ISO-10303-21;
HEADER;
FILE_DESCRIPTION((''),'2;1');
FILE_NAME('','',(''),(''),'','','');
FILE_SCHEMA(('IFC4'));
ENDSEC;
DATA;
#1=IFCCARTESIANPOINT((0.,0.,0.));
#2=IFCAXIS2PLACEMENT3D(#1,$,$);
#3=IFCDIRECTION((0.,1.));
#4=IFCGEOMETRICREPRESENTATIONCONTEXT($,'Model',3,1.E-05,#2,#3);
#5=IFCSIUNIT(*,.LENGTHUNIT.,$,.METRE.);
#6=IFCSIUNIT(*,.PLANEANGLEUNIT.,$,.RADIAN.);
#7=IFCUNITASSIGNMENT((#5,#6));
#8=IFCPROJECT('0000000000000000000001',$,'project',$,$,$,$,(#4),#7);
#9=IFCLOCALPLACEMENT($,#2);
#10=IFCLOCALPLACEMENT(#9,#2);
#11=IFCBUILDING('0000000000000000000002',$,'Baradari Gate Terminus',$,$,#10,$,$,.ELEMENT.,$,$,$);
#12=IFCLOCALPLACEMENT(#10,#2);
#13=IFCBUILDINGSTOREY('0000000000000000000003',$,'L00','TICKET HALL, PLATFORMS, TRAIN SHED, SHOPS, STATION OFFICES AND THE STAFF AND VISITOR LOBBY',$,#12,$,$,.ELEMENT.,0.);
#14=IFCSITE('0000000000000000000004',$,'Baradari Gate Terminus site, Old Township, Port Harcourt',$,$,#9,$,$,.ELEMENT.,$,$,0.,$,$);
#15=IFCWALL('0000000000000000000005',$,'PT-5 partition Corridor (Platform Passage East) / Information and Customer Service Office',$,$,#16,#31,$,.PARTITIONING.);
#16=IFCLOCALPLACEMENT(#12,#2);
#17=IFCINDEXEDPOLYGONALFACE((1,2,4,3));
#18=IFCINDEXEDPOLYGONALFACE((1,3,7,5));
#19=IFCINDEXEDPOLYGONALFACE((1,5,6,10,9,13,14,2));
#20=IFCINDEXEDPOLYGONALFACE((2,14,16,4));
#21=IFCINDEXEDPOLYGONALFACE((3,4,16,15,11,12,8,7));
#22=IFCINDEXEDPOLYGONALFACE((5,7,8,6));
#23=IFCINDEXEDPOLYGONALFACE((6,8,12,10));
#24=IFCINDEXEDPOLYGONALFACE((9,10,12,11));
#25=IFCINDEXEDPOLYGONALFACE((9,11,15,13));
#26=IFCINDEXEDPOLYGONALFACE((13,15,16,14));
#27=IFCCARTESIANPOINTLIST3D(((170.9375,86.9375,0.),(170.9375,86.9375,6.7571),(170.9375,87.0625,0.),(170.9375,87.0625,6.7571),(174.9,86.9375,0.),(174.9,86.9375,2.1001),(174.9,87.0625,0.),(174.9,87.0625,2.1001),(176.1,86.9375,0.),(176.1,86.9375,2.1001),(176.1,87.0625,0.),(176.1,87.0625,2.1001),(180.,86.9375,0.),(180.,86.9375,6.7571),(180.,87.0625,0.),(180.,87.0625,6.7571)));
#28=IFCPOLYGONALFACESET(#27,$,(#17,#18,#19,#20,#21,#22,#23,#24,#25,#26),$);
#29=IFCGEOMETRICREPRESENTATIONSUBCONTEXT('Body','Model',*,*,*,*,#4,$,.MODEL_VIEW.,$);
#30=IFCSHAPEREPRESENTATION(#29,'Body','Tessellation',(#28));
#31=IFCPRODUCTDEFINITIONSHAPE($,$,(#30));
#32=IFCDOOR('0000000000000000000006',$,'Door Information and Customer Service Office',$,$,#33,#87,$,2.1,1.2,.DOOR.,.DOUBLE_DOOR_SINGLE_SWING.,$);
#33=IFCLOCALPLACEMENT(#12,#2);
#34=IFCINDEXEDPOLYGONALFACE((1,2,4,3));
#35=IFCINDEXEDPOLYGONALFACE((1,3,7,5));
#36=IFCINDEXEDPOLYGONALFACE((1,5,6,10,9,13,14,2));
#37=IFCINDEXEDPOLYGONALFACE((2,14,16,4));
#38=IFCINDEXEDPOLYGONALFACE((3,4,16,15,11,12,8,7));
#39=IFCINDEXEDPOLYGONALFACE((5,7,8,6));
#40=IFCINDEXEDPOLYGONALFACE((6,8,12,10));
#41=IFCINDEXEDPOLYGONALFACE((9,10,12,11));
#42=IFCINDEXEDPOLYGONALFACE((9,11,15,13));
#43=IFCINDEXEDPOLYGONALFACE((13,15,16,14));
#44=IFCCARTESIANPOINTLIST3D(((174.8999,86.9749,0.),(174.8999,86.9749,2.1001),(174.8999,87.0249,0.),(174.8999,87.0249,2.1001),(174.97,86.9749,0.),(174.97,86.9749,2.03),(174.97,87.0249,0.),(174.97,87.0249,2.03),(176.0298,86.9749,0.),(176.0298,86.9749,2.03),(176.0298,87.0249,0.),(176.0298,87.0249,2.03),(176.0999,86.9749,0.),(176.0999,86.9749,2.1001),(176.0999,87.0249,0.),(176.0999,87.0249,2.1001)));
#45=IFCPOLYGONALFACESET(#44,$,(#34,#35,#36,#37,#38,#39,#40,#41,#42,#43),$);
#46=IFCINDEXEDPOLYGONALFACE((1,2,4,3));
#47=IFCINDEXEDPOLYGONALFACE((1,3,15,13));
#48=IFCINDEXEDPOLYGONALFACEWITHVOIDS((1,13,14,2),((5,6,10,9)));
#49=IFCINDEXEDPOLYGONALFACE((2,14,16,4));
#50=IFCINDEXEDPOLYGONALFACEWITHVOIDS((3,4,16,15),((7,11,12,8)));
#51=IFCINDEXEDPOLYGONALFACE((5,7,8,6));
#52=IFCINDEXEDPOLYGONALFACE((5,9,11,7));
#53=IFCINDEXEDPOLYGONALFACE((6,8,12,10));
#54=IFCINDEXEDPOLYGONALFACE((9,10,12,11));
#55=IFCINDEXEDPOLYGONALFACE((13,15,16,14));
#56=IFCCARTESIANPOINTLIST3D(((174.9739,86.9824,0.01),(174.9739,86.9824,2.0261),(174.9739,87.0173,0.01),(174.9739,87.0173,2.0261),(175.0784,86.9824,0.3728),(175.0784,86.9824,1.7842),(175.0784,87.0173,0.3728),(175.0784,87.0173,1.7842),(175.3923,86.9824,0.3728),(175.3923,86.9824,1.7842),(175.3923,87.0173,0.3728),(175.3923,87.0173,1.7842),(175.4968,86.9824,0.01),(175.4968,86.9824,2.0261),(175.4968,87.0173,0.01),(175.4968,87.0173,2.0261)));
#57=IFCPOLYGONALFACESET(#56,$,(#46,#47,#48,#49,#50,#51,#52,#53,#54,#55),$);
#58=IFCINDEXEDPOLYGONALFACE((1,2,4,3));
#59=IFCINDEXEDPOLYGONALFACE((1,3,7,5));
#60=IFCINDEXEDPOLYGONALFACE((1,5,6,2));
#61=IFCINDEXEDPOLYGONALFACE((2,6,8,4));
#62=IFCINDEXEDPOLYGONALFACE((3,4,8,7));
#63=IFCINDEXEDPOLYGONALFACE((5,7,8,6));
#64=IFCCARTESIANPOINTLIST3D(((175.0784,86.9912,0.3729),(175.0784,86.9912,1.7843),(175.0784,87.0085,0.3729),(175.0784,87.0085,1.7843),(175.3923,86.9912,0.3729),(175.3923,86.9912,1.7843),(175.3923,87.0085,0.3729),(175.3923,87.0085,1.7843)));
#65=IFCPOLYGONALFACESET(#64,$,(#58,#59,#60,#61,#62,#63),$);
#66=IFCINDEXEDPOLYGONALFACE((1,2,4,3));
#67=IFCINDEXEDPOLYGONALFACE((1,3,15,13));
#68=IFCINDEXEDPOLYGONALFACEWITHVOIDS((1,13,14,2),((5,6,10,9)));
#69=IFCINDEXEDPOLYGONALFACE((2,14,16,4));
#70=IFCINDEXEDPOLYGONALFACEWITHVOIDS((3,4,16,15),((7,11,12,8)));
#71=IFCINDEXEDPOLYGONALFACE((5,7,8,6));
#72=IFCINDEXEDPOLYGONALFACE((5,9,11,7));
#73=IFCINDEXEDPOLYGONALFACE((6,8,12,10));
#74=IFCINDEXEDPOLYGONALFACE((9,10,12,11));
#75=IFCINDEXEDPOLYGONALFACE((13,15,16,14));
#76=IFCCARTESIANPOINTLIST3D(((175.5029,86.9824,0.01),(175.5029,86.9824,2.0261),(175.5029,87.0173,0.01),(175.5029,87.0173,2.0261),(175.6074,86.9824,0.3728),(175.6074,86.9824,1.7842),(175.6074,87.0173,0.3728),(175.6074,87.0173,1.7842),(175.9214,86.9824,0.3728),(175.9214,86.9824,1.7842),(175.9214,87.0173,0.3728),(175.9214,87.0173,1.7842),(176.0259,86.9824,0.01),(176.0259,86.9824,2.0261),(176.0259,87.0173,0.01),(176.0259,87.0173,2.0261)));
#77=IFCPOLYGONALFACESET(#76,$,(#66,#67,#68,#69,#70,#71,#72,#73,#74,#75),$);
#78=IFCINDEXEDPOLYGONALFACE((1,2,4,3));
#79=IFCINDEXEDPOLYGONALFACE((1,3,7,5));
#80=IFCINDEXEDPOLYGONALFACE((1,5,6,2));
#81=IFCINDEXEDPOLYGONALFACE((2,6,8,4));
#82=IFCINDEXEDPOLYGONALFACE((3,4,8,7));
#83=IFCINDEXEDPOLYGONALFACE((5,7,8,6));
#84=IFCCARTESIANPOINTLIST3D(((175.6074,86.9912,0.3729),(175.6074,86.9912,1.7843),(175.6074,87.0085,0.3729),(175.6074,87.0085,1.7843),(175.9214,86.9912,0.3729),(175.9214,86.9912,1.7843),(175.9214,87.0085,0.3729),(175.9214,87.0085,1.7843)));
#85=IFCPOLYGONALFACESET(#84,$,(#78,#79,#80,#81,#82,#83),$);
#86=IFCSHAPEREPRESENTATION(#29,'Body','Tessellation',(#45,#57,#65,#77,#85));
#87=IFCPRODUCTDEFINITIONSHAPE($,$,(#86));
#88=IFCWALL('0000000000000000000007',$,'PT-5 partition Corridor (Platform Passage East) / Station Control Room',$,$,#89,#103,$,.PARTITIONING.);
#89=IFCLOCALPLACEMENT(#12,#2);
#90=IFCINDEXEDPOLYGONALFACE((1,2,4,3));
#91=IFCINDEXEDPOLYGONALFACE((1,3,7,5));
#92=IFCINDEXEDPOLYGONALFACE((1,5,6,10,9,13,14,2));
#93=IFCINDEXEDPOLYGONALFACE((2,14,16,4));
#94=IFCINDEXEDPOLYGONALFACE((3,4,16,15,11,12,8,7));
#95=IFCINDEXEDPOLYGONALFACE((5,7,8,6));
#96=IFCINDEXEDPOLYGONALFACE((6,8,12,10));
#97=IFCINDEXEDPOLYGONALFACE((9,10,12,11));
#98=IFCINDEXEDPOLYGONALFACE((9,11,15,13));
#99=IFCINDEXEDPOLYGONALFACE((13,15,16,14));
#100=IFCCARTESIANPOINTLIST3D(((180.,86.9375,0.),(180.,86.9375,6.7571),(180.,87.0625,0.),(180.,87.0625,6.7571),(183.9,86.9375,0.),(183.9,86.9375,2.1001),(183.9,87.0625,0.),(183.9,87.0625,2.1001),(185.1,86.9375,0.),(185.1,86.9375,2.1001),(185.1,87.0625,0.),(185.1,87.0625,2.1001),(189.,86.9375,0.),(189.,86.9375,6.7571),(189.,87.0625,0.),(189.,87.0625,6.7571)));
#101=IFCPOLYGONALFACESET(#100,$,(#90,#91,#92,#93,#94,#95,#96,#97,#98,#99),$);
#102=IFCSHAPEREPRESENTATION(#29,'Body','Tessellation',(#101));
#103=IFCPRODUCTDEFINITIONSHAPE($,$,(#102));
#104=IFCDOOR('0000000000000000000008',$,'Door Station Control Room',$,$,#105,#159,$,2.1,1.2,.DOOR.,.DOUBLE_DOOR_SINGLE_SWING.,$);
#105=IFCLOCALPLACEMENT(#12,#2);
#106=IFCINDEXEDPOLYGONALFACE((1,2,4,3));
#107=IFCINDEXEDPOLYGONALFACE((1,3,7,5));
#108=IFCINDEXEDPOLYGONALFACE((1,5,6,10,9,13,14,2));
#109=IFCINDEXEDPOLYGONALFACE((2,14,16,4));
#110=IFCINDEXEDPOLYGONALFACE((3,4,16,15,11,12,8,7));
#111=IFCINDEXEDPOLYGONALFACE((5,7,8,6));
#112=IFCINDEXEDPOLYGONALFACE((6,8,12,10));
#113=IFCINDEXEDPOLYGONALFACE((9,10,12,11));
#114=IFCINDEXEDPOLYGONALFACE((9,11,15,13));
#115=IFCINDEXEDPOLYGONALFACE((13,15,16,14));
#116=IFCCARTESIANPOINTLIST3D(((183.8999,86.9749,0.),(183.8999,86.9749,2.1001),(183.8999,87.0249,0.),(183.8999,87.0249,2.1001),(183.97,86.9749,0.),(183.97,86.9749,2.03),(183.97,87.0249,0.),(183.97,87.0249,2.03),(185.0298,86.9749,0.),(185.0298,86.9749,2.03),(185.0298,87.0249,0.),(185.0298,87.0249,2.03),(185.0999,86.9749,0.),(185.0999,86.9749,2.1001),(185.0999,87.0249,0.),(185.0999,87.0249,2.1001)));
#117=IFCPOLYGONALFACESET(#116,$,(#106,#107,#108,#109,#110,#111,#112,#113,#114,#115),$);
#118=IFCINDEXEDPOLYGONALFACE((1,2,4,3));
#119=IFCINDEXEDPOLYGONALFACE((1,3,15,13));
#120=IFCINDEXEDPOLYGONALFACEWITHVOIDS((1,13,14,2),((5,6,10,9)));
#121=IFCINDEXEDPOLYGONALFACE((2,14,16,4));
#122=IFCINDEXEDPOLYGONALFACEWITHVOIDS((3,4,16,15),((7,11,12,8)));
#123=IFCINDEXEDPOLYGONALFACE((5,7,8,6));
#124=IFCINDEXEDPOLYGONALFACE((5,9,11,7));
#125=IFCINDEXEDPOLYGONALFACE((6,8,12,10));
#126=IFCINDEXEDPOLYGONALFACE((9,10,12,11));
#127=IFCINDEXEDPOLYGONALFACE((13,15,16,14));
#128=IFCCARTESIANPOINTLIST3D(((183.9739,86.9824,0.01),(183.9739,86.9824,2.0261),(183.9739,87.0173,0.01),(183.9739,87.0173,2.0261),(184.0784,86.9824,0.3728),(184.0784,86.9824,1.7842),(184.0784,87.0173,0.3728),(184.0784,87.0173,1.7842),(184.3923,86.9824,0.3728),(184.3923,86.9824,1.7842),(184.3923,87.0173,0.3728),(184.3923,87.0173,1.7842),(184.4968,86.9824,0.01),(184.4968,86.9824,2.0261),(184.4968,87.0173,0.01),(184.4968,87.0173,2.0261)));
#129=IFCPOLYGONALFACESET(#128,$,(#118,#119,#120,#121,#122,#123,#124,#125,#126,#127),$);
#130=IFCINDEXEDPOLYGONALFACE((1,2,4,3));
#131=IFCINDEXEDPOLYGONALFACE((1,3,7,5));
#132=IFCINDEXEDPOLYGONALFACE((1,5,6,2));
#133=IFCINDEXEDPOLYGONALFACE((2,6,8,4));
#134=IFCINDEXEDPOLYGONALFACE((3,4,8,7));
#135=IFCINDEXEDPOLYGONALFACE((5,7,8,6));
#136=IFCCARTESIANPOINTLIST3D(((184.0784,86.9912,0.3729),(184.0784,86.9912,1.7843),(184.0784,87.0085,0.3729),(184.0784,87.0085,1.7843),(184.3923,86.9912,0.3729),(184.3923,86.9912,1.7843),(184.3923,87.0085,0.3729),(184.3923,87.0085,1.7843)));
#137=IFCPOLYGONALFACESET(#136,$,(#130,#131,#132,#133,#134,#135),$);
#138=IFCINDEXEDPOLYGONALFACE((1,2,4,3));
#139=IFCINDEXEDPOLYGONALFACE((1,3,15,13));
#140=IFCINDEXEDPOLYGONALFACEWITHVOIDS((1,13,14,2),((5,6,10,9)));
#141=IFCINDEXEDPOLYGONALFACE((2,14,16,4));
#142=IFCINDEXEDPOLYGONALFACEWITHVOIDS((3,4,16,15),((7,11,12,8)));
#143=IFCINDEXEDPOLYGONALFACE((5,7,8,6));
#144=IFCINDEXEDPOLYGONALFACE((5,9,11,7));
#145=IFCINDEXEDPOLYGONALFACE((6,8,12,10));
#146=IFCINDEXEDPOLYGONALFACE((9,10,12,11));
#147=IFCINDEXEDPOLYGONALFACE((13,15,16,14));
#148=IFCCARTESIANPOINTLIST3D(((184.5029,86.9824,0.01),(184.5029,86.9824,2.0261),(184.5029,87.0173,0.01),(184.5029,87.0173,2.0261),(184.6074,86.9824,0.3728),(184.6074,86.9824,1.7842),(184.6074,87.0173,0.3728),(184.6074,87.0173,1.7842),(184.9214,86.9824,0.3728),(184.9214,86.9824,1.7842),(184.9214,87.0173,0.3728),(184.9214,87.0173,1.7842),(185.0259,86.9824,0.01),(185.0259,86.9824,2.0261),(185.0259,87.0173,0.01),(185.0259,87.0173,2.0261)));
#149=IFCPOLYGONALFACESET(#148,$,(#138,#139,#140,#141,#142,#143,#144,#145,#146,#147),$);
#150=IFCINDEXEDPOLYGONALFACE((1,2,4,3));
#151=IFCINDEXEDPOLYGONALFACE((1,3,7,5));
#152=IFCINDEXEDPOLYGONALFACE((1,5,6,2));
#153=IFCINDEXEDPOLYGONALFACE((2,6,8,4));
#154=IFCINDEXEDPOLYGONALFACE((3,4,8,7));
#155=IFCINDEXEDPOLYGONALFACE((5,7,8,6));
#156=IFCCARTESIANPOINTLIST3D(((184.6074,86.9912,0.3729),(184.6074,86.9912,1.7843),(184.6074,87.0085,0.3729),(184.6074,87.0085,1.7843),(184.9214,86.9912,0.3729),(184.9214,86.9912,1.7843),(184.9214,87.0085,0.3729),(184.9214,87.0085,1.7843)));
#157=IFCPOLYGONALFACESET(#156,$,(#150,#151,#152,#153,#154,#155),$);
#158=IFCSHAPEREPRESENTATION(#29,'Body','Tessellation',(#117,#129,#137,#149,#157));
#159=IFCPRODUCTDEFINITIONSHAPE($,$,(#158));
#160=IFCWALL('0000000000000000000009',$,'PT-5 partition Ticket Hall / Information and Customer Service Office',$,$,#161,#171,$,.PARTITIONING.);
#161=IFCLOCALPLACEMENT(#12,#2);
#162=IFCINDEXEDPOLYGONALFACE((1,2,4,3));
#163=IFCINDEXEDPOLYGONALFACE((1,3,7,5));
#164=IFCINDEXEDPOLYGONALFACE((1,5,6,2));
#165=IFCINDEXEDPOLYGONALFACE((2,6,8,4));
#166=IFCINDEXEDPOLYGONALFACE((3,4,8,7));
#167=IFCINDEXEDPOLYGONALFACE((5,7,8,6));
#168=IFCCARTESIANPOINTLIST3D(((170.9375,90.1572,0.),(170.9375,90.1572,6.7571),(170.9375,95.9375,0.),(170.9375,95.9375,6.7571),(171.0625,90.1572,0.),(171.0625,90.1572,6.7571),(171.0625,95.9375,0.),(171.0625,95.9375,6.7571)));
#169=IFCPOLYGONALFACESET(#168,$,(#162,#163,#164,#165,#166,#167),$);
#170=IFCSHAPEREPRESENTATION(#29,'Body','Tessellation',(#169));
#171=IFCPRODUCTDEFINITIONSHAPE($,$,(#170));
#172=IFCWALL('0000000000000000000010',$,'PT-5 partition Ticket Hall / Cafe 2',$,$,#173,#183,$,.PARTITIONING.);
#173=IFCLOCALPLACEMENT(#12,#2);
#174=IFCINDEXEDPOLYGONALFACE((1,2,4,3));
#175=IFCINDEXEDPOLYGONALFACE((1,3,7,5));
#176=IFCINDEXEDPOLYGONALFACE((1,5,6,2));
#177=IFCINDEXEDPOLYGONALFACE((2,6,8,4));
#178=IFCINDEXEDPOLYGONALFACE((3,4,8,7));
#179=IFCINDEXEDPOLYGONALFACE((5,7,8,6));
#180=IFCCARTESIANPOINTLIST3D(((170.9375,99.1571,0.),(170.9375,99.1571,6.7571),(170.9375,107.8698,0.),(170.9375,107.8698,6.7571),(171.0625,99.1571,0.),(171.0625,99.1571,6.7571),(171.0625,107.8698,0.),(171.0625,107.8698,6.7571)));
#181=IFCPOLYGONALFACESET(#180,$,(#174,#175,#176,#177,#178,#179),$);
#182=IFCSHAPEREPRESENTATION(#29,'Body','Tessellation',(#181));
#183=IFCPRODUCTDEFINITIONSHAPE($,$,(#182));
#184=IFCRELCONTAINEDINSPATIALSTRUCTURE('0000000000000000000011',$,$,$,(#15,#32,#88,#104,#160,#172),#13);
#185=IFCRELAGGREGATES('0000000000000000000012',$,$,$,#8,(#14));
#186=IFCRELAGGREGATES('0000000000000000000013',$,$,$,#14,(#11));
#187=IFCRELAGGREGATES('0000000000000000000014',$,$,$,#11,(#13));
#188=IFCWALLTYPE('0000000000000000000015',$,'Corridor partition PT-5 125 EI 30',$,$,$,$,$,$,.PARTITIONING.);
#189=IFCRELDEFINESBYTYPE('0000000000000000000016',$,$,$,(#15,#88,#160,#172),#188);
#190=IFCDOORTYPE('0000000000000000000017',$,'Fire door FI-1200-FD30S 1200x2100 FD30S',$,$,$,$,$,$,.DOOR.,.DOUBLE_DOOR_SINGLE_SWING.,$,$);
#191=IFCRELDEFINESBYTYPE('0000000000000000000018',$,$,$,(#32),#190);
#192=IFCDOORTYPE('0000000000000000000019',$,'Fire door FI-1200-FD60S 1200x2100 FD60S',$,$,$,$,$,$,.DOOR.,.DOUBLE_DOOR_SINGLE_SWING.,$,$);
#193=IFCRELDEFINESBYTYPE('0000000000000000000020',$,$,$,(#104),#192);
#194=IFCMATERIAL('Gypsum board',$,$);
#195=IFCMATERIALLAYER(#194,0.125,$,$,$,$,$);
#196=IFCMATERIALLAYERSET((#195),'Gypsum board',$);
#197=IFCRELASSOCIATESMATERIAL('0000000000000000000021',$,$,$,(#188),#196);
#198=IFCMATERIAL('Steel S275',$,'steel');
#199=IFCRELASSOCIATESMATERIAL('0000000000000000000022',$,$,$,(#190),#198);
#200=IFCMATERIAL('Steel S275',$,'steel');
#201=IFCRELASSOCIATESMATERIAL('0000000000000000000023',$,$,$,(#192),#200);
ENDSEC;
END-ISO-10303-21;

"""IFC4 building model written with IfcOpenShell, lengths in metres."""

from ifc_helpers import new_model, si_unit, direction, frame, frame_2d, origin, place, context, subcontext, project, spatial, polyline, rectangle, outline, extrude, material, layer, layer_set, type_object, element, fill, save


model = new_model("IFC4")

# Units and contexts
model_context = context("Model", 3, precision=1e-05, world=origin(), true_north=direction((0.0, 1.0)))
body_context = subcontext(model_context, "Body", "Model", "MODEL_VIEW")
ifc_project = project(units=[si_unit("LENGTHUNIT", "METRE"), si_unit("PLANEANGLEUNIT", "RADIAN")], contexts=[model_context])

# Site, building, storey
site_placement = place(None, origin())
site = spatial("IfcSite", under=ifc_project, at=site_placement, Name="Baradari Gate Terminus site, Old Township, Port Harcourt", CompositionType="ELEMENT", RefElevation=0.0)
building_placement = place(site_placement, origin())
building = spatial("IfcBuilding", under=site, at=building_placement, Name="Baradari Gate Terminus", CompositionType="ELEMENT")
storey_placement = place(building_placement, origin())
storey = spatial("IfcBuildingStorey", under=building, at=storey_placement, Name="L00", Description="TICKET HALL, PLATFORMS, TRAIN SHED, SHOPS, STATION OFFICES AND THE STAFF AND VISITOR LOBBY", CompositionType="ELEMENT", Elevation=0.0)

# Shared definitions
ifc_material_1 = material(Name="Gypsum board")
ifc_layer_1 = layer(ifc_material_1, 0.125)
ifc_layer_set_1 = layer_set([ifc_layer_1], Name="Gypsum board")
wall_type_1 = type_object("IfcWallType", Name="Corridor partition PT-5 125 EI 30", PredefinedType="PARTITIONING", material=ifc_layer_set_1)

# Walls, openings, doors
wall_1_placement = place(storey_placement, frame((170.9375, 87.0, 0.0), z_axis=(0.0, 0.0, 1.0), x_axis=(1.0, 0.0, 0.0)))
wall_1 = element("IfcWall", 1, at=wall_1_placement, inside=storey, type_object=wall_type_1, Name="PT-5 partition Corridor (Platform Passage East) / Information and Customer Service Office", PredefinedType="PARTITIONING", context=body_context, shape_type="SweptSolid", body=[
    extrude(rectangle(XDim=9.0625, YDim=0.125, at=frame_2d((4.5312, 0.0))), origin(), (0.0, 0.0, 1.0), 6.7571),
])
opening_1_placement = place(wall_1_placement, frame((3.9624, 0.0, 0.0)))
opening_1 = element("IfcOpeningElement", 2, at=opening_1_placement, cuts=wall_1, PredefinedType="OPENING", context=body_context, shape_type="SweptSolid", body=[
    extrude(rectangle(XDim=1.2, YDim=2.1001, at=frame_2d((0.6001, 1.05))), frame((0.0, 0.0725, 0.0), z_axis=(0.0, -1.0, 0.0), x_axis=(1.0, 0.0, 0.0)), (0.0, 0.0, 1.0), 0.145),
])
ifc_material_2 = material(Name="Steel S275", Category="steel")
door_type_1 = type_object("IfcDoorType", Name="Fire door FI-1200-FD30S 1200x2100 FD30S", OperationType="DOUBLE_DOOR_SINGLE_SWING", PredefinedType="DOOR", material=ifc_material_2)
door_1_placement = place(opening_1_placement, origin())
door_1 = element("IfcDoor", 3, at=door_1_placement, inside=storey, type_object=door_type_1, Name="Door Information and Customer Service Office", OperationType="DOUBLE_DOOR_SINGLE_SWING", OverallHeight=2.1, OverallWidth=1.2, PredefinedType="DOOR", context=body_context, shape_type="SweptSolid", body=[
    extrude(outline(polyline([(0.0, 0.0), (0.0701, 0.0), (0.0701, 2.03), (1.1299, 2.03), (1.1299, 0.0), (1.2, 0.0), (1.2, 2.1001), (0.0, 2.1001), (0.0, 0.0)])), frame((0.0, 0.0249, 0.0), z_axis=(0.0, -1.0, 0.0), x_axis=(1.0, 0.0, 0.0)), (0.0, 0.0, 1.0), 0.05),
    extrude(outline(polyline([(0.074, 0.01), (0.5969, 0.01), (0.5969, 2.0261), (0.074, 2.0261), (0.074, 0.01)]), holes=[polyline([(0.1785, 0.3728), (0.4924, 0.3728), (0.4924, 1.7842), (0.1785, 1.7842), (0.1785, 0.3728)])]), frame((0.0, 0.0173, 0.0), z_axis=(0.0, -1.0, 0.0), x_axis=(1.0, 0.0, 0.0)), (0.0, 0.0, 1.0), 0.0349),
    extrude(rectangle(XDim=0.314, YDim=1.4114, at=frame_2d((0.3354, 1.0786))), frame((0.0, 0.0085, 0.0), z_axis=(0.0, -1.0, 0.0), x_axis=(1.0, 0.0, 0.0)), (0.0, 0.0, 1.0), 0.0173),
    extrude(outline(polyline([(0.603, 0.01), (1.126, 0.01), (1.126, 2.0261), (0.603, 2.0261), (0.603, 0.01)]), holes=[polyline([(0.7075, 0.3728), (1.0215, 0.3728), (1.0215, 1.7842), (0.7075, 1.7842), (0.7075, 0.3728)])]), frame((0.0, 0.0173, 0.0), z_axis=(0.0, -1.0, 0.0), x_axis=(1.0, 0.0, 0.0)), (0.0, 0.0, 1.0), 0.0349),
    extrude(rectangle(XDim=0.314, YDim=1.4114, at=frame_2d((0.8645, 1.0786))), frame((0.0, 0.0085, 0.0), z_axis=(0.0, -1.0, 0.0), x_axis=(1.0, 0.0, 0.0)), (0.0, 0.0, 1.0), 0.0173),
])
fill(opening_1, door_1)
wall_2_placement = place(storey_placement, frame((180.0, 87.0, 0.0), z_axis=(0.0, 0.0, 1.0), x_axis=(1.0, 0.0, 0.0)))
wall_2 = element("IfcWall", 4, at=wall_2_placement, inside=storey, type_object=wall_type_1, Name="PT-5 partition Corridor (Platform Passage East) / Station Control Room", PredefinedType="PARTITIONING", context=body_context, shape_type="SweptSolid", body=[
    extrude(rectangle(XDim=9.0, YDim=0.125, at=frame_2d((4.5, 0.0))), origin(), (0.0, 0.0, 1.0), 6.7571),
])
opening_2_placement = place(wall_2_placement, frame((3.8999, 0.0, 0.0)))
opening_2 = element("IfcOpeningElement", 5, at=opening_2_placement, cuts=wall_2, PredefinedType="OPENING", context=body_context, shape_type="SweptSolid", body=[
    extrude(rectangle(XDim=1.2, YDim=2.1001, at=frame_2d((0.6001, 1.05))), frame((0.0, 0.0725, 0.0), z_axis=(0.0, -1.0, 0.0), x_axis=(1.0, 0.0, 0.0)), (0.0, 0.0, 1.0), 0.145),
])
ifc_material_3 = material(Name="Steel S275", Category="steel")
door_type_2 = type_object("IfcDoorType", Name="Fire door FI-1200-FD60S 1200x2100 FD60S", OperationType="DOUBLE_DOOR_SINGLE_SWING", PredefinedType="DOOR", material=ifc_material_3)
door_2_placement = place(opening_2_placement, origin())
door_2 = element("IfcDoor", 6, at=door_2_placement, inside=storey, type_object=door_type_2, Name="Door Station Control Room", OperationType="DOUBLE_DOOR_SINGLE_SWING", OverallHeight=2.1, OverallWidth=1.2, PredefinedType="DOOR", context=body_context, shape_type="SweptSolid", body=[
    extrude(outline(polyline([(0.0, 0.0), (0.0701, 0.0), (0.0701, 2.03), (1.1299, 2.03), (1.1299, 0.0), (1.2, 0.0), (1.2, 2.1001), (0.0, 2.1001), (0.0, 0.0)])), frame((0.0, 0.0249, 0.0), z_axis=(0.0, -1.0, 0.0), x_axis=(1.0, 0.0, 0.0)), (0.0, 0.0, 1.0), 0.05),
    extrude(outline(polyline([(0.074, 0.01), (0.5969, 0.01), (0.5969, 2.0261), (0.074, 2.0261), (0.074, 0.01)]), holes=[polyline([(0.1785, 0.3728), (0.4924, 0.3728), (0.4924, 1.7842), (0.1785, 1.7842), (0.1785, 0.3728)])]), frame((0.0, 0.0173, 0.0), z_axis=(0.0, -1.0, 0.0), x_axis=(1.0, 0.0, 0.0)), (0.0, 0.0, 1.0), 0.0349),
    extrude(rectangle(XDim=0.314, YDim=1.4114, at=frame_2d((0.3354, 1.0786))), frame((0.0, 0.0085, 0.0), z_axis=(0.0, -1.0, 0.0), x_axis=(1.0, 0.0, 0.0)), (0.0, 0.0, 1.0), 0.0173),
    extrude(outline(polyline([(0.603, 0.01), (1.126, 0.01), (1.126, 2.0261), (0.603, 2.0261), (0.603, 0.01)]), holes=[polyline([(0.7075, 0.3728), (1.0215, 0.3728), (1.0215, 1.7842), (0.7075, 1.7842), (0.7075, 0.3728)])]), frame((0.0, 0.0173, 0.0), z_axis=(0.0, -1.0, 0.0), x_axis=(1.0, 0.0, 0.0)), (0.0, 0.0, 1.0), 0.0349),
    extrude(rectangle(XDim=0.314, YDim=1.4114, at=frame_2d((0.8645, 1.0786))), frame((0.0, 0.0085, 0.0), z_axis=(0.0, -1.0, 0.0), x_axis=(1.0, 0.0, 0.0)), (0.0, 0.0, 1.0), 0.0173),
])
fill(opening_2, door_2)

# Walls
wall_3_placement = place(storey_placement, frame((171.0, 95.9375, 0.0), z_axis=(0.0, 0.0, 1.0), x_axis=(0.0, -1.0, 0.0)))
element("IfcWall", 7, at=wall_3_placement, inside=storey, type_object=wall_type_1, Name="PT-5 partition Ticket Hall / Information and Customer Service Office", PredefinedType="PARTITIONING", context=body_context, shape_type="SweptSolid", body=[
    extrude(rectangle(XDim=5.7803, YDim=0.125, at=frame_2d((2.8901, 0.0))), origin(), (0.0, 0.0, 1.0), 6.7571),
])
wall_4_placement = place(storey_placement, frame((171.0, 107.8699, 0.0), z_axis=(0.0, 0.0, 1.0), x_axis=(0.0, -1.0, 0.0)))
element("IfcWall", 8, at=wall_4_placement, inside=storey, type_object=wall_type_1, Name="PT-5 partition Ticket Hall / Cafe 2", PredefinedType="PARTITIONING", context=body_context, shape_type="SweptSolid", body=[
    extrude(rectangle(XDim=8.7126, YDim=0.125, at=frame_2d((4.3564, 0.0))), origin(), (0.0, 0.0, 1.0), 6.7571),
])

save(model, "model.ifc")
